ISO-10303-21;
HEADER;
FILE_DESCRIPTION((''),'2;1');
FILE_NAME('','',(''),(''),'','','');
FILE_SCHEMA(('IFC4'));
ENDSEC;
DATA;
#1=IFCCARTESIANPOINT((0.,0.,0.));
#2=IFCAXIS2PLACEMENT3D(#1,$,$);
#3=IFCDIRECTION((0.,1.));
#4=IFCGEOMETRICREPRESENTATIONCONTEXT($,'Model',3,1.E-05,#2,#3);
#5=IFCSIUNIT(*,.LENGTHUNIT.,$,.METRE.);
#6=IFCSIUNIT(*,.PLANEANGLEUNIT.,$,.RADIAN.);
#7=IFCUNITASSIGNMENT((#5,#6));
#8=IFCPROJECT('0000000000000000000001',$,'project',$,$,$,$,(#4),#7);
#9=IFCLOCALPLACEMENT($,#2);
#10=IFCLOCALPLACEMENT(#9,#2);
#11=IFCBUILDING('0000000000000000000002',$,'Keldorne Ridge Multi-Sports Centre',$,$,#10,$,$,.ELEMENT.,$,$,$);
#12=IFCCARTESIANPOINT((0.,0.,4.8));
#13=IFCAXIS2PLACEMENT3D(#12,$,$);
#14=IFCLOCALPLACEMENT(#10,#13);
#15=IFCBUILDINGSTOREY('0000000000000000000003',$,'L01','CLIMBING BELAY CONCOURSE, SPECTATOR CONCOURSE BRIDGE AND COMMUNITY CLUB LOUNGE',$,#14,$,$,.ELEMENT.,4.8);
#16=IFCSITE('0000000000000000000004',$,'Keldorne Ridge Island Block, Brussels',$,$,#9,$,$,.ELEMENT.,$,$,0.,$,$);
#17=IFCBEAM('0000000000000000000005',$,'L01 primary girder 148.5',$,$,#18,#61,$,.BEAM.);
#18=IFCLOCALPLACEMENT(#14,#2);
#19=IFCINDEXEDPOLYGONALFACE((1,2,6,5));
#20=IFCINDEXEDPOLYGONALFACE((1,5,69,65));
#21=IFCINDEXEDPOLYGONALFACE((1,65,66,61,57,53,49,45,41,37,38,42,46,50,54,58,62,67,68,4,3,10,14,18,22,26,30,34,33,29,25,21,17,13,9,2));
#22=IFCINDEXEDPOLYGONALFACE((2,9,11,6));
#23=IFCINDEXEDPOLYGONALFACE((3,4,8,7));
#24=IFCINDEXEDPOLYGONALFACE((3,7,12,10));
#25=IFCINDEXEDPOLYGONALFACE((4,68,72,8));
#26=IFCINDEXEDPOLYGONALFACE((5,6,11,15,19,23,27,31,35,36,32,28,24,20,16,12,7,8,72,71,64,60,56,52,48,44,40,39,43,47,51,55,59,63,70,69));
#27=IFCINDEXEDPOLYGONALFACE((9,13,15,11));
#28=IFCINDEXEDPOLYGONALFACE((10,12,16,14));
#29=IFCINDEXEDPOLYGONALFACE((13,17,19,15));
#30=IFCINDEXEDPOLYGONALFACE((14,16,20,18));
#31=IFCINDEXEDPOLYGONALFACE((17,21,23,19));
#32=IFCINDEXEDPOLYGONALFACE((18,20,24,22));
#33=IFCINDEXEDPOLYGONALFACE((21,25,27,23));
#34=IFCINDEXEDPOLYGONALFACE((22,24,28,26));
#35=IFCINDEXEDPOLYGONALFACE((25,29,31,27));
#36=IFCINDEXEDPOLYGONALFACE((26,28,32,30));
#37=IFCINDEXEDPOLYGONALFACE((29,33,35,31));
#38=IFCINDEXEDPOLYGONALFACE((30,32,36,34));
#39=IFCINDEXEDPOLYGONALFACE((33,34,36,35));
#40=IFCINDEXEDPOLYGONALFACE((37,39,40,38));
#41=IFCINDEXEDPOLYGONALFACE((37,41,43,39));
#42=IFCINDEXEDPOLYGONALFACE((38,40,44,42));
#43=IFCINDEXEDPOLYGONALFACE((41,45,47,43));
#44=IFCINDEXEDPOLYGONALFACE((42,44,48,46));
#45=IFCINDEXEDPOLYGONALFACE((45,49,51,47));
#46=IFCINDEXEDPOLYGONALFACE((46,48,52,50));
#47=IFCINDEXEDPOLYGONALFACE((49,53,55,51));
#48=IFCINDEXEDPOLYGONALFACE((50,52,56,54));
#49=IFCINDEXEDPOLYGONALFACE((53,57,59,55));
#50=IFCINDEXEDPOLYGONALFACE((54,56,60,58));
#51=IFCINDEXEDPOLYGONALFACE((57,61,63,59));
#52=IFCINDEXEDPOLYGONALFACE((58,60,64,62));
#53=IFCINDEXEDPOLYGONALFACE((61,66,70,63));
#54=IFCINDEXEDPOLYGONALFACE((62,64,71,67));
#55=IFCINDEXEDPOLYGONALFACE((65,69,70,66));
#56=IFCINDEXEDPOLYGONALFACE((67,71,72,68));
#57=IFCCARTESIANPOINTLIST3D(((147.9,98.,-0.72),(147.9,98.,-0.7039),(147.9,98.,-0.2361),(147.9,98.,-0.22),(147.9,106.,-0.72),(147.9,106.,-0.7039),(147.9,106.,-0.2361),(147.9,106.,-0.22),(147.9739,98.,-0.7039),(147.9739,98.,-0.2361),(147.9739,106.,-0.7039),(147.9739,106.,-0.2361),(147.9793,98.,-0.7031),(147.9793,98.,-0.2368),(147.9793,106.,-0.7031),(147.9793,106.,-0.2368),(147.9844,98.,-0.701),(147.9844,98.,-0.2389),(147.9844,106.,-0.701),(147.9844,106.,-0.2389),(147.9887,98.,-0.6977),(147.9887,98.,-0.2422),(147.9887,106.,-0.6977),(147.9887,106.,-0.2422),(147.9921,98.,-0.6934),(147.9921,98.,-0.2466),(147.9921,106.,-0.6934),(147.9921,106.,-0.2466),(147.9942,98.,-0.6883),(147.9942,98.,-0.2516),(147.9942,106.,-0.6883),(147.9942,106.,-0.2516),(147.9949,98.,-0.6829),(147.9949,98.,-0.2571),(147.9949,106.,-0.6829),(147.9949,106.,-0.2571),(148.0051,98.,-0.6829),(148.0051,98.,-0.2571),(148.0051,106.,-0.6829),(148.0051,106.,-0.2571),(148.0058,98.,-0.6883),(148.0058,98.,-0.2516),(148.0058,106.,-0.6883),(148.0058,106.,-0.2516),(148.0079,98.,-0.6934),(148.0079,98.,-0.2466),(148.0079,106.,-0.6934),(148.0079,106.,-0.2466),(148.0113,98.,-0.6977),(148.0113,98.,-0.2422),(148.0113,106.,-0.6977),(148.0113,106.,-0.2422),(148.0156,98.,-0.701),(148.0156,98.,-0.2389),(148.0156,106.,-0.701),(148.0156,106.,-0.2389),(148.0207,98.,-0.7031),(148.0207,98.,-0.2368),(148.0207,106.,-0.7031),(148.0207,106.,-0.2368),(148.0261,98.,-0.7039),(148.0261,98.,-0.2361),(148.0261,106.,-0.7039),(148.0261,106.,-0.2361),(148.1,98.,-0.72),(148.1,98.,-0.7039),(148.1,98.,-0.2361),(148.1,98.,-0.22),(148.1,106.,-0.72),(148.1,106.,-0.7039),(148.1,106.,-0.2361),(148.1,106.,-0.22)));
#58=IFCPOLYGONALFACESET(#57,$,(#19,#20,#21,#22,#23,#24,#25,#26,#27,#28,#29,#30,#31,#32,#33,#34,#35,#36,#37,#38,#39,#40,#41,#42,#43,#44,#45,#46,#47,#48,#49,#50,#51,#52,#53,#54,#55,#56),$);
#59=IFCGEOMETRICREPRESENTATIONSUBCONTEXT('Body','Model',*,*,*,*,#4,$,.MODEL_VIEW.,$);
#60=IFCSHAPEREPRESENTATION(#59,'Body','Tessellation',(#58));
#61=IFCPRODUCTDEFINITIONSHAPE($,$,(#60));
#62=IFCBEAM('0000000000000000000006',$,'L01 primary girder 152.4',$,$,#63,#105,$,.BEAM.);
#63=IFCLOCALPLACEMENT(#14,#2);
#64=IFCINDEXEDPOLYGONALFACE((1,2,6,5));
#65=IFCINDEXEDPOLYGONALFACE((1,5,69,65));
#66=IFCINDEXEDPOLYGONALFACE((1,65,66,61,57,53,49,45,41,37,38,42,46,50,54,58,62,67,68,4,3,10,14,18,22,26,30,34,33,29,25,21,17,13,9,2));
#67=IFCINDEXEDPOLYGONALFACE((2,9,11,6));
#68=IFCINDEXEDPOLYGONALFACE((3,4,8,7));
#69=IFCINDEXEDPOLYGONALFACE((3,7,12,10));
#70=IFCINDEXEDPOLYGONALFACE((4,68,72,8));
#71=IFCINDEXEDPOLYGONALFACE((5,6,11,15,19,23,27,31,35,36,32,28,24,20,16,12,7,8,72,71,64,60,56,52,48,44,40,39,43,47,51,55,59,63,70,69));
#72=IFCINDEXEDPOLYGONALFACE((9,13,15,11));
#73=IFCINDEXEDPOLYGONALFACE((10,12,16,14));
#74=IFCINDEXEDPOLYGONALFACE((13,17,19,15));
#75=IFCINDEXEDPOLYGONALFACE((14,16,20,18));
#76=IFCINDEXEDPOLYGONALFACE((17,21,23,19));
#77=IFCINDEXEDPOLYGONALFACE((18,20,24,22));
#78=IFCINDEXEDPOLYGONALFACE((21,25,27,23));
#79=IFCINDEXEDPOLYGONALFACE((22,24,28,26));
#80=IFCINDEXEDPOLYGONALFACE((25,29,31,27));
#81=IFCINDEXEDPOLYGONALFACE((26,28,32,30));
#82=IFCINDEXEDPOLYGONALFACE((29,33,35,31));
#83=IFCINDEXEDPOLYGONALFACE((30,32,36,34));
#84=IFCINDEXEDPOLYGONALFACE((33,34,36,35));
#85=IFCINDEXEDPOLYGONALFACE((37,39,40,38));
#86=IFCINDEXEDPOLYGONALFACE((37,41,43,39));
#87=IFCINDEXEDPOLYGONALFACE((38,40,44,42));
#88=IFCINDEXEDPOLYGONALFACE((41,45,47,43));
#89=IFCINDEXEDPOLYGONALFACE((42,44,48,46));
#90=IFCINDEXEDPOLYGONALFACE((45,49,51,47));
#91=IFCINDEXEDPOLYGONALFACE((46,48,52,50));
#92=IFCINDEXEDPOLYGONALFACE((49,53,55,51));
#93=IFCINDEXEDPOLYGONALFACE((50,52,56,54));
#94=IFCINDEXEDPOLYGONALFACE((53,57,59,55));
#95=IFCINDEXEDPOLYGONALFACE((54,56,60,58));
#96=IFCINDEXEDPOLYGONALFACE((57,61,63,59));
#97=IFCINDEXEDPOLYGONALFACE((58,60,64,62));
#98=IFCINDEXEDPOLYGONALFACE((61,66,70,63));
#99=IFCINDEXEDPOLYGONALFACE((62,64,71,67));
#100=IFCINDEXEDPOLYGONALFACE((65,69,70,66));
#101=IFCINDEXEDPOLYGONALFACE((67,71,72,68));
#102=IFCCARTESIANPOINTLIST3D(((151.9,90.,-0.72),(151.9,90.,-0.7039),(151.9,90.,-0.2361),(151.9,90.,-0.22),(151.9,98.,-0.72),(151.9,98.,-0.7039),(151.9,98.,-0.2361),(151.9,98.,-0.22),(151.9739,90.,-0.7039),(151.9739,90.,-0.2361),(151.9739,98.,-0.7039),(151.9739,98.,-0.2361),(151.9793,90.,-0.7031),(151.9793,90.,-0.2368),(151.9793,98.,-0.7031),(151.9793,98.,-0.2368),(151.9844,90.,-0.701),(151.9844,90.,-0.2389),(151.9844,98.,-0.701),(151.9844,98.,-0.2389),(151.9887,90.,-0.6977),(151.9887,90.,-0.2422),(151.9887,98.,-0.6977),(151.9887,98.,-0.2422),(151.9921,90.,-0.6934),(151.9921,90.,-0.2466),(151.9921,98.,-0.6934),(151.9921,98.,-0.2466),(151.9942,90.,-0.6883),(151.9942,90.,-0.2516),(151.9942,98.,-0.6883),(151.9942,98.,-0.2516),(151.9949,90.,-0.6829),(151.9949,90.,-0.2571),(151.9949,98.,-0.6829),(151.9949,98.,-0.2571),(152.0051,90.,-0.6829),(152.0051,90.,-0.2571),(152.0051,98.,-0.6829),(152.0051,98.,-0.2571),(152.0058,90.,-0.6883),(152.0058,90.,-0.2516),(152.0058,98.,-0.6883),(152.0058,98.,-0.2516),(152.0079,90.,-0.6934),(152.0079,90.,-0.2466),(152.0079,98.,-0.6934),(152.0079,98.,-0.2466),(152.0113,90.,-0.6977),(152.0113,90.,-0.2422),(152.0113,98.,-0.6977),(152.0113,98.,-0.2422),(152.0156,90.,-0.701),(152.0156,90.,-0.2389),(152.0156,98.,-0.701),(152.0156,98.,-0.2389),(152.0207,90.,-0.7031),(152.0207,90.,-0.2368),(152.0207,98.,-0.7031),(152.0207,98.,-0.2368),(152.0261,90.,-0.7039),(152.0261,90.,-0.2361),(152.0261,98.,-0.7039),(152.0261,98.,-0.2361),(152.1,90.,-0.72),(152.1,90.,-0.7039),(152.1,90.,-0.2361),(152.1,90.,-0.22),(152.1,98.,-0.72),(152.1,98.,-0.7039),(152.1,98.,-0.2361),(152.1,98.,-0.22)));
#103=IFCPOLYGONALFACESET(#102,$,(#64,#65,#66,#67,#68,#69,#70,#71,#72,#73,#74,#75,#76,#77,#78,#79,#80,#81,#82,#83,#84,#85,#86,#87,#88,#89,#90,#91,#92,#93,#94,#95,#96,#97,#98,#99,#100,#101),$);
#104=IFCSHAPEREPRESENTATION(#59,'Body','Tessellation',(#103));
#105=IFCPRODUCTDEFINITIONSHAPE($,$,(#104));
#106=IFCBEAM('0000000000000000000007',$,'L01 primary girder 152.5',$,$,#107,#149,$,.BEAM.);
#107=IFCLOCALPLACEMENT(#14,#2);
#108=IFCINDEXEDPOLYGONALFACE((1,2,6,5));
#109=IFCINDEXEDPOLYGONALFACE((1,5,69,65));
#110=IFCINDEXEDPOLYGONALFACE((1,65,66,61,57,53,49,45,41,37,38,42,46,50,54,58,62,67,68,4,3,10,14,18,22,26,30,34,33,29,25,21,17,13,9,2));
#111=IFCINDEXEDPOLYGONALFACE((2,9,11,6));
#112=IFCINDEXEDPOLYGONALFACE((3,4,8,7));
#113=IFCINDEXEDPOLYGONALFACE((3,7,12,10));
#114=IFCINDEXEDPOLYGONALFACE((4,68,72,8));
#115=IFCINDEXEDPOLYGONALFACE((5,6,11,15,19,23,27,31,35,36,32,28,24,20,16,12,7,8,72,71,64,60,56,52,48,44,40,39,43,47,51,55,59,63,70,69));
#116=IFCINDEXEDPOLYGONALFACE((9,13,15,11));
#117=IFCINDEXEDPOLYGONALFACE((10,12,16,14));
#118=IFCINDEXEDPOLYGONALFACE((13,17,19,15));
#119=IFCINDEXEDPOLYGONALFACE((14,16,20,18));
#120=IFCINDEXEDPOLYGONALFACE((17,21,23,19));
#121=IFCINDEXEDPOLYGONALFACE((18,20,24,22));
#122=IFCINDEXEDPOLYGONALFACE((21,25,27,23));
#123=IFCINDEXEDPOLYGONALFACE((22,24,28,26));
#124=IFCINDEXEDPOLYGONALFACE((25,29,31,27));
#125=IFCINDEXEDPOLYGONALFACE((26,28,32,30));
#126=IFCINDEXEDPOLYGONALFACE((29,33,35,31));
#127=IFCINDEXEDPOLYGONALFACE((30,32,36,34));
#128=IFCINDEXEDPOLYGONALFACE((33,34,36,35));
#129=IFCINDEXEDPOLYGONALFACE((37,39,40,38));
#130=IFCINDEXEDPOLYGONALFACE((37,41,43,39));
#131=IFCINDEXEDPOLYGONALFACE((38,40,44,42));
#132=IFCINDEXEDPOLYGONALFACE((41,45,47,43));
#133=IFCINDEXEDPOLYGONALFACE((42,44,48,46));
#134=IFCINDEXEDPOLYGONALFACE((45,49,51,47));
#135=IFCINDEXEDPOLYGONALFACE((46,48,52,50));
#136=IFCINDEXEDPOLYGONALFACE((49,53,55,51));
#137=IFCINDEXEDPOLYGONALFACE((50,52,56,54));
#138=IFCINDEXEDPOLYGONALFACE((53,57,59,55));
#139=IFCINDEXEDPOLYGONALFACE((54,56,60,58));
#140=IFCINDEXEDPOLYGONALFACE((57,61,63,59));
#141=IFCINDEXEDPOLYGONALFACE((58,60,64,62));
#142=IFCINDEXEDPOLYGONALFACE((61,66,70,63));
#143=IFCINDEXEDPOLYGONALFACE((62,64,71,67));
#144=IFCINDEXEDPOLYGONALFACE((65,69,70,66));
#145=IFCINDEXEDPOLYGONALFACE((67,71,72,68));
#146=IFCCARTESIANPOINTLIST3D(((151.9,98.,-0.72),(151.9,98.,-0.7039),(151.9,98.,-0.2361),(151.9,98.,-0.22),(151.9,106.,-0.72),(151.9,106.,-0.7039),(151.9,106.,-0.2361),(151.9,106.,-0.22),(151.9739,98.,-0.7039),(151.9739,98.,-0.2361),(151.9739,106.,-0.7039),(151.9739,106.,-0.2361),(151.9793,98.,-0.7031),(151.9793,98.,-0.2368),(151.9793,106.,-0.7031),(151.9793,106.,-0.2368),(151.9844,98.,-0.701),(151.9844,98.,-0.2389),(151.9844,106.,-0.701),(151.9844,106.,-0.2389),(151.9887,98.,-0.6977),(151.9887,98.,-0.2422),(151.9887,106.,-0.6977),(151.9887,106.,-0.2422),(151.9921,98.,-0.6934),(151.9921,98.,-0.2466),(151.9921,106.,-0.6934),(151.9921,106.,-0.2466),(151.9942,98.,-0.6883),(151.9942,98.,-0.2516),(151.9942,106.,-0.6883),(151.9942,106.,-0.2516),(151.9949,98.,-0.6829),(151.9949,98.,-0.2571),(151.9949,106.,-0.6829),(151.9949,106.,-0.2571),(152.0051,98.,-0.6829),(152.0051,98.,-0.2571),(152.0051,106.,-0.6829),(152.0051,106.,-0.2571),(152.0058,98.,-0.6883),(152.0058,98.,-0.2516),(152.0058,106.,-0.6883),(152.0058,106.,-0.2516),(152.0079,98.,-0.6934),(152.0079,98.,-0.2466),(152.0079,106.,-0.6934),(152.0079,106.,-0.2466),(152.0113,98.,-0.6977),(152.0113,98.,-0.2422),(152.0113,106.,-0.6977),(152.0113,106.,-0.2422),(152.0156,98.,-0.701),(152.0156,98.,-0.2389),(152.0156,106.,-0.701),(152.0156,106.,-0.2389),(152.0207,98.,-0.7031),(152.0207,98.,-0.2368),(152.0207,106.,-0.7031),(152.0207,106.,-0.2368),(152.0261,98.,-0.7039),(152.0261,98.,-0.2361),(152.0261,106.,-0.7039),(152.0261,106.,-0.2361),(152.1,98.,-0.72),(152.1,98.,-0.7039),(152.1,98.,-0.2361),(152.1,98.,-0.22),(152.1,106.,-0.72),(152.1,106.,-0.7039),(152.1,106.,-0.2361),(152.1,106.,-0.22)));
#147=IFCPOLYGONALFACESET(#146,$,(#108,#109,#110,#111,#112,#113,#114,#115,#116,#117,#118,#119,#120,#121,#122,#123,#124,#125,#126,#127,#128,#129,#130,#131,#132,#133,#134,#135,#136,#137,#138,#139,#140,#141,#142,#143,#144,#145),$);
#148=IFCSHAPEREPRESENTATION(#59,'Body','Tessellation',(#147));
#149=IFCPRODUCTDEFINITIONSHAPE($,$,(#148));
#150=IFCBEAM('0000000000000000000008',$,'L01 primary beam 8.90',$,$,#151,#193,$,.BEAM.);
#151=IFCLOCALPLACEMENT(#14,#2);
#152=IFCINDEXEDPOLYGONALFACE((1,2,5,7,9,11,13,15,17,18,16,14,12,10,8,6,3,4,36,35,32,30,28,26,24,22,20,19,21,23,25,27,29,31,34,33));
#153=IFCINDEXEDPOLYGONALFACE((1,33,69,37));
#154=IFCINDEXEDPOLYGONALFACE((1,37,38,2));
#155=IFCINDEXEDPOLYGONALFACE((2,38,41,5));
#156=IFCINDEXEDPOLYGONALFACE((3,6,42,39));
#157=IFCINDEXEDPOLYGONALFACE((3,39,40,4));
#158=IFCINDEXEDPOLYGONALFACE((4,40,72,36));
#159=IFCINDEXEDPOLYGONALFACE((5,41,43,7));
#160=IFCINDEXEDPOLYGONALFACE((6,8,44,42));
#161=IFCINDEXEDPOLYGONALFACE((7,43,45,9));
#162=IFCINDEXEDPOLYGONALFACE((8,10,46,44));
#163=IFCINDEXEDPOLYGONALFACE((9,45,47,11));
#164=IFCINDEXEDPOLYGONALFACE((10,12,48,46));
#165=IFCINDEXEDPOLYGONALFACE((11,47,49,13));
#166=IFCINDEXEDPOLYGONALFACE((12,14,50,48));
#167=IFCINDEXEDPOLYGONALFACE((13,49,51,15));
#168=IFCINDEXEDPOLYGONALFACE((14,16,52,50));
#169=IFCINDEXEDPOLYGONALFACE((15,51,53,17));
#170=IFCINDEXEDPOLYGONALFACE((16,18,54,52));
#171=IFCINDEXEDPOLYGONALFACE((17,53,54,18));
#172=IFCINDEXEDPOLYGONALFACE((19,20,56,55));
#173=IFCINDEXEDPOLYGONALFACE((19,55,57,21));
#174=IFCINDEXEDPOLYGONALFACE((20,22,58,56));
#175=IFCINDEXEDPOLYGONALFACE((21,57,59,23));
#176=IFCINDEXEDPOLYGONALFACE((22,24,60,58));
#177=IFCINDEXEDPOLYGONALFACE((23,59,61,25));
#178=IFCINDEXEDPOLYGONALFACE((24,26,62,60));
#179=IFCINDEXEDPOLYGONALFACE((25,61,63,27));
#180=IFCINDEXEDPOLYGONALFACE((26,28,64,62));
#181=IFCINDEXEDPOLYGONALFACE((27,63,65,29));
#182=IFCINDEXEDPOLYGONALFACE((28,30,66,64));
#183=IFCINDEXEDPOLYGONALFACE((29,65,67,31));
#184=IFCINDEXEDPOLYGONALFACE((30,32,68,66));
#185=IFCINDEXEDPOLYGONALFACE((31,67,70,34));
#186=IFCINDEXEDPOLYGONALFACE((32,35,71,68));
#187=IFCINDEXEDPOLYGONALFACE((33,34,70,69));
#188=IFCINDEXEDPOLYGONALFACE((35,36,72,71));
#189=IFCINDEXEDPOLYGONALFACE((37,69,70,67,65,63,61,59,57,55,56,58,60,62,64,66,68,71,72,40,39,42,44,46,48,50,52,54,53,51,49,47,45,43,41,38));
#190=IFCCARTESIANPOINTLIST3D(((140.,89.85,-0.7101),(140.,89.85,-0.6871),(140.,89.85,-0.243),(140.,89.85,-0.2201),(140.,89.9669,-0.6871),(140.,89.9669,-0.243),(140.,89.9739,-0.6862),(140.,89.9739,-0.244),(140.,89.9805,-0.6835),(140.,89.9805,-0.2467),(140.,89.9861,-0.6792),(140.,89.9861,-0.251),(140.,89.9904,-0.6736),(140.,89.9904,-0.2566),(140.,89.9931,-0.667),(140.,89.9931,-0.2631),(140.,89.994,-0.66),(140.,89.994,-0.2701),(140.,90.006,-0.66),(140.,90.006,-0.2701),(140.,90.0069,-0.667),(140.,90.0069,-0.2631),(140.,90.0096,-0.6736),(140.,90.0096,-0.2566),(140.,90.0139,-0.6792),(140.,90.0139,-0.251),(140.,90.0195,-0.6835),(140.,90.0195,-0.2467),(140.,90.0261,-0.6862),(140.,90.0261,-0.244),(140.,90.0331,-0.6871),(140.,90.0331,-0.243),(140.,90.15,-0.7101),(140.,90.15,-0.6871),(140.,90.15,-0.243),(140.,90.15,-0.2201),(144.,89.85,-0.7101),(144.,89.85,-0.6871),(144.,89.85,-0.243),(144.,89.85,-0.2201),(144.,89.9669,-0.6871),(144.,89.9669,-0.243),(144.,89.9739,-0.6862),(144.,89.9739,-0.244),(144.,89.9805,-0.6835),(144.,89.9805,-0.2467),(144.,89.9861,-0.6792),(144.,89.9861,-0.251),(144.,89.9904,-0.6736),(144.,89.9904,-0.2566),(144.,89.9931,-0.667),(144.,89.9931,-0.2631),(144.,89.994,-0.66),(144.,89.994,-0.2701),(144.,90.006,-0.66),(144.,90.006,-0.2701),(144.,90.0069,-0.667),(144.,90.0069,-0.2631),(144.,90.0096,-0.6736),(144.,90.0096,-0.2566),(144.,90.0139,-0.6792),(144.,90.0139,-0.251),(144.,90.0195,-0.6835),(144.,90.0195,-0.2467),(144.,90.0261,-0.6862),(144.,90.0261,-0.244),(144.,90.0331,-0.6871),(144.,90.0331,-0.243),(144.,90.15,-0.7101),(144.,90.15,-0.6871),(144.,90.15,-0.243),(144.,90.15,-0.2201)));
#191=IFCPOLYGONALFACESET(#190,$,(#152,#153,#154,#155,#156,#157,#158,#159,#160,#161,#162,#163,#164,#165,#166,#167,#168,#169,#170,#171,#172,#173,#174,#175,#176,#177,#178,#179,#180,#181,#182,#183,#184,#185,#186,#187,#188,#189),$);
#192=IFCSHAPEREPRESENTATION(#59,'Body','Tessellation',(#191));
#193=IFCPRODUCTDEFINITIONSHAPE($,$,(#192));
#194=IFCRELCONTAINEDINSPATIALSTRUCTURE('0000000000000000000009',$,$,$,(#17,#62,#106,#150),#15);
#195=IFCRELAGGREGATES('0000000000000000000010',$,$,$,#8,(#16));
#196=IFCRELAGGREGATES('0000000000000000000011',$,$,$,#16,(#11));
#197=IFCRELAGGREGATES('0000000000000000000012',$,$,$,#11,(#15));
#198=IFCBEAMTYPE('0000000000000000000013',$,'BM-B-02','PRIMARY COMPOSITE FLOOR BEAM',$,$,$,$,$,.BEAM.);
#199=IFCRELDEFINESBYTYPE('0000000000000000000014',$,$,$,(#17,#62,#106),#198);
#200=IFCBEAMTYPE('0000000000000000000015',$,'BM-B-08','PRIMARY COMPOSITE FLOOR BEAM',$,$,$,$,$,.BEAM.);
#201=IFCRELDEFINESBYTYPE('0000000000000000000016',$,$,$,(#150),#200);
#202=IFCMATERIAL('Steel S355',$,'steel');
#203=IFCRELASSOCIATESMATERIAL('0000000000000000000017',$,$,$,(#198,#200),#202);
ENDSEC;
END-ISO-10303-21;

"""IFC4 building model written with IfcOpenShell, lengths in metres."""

from ifc_helpers import new_model, si_unit, direction, frame, origin, origin_2d, place, context, subcontext, project, spatial, i_section, extrude, material, material_profile, profile_set, type_object, element, save


model = new_model("IFC4")

# Units and contexts
model_context = context("Model", 3, precision=1e-05, world=origin(), true_north=direction((0.0, 1.0)))
body_context = subcontext(model_context, "Body", "Model", "MODEL_VIEW")
ifc_project = project(units=[si_unit("LENGTHUNIT", "METRE"), si_unit("PLANEANGLEUNIT", "RADIAN")], contexts=[model_context])

# Site, building, storey
site_placement = place(None, origin())
site = spatial("IfcSite", under=ifc_project, at=site_placement, Name="Keldorne Ridge Island Block, Brussels", CompositionType="ELEMENT", RefElevation=0.0)
building_placement = place(site_placement, origin())
building = spatial("IfcBuilding", under=site, at=building_placement, Name="Keldorne Ridge Multi-Sports Centre", CompositionType="ELEMENT")
storey_placement = place(building_placement, frame((0.0, 0.0, 4.8)))
storey = spatial("IfcBuildingStorey", under=building, at=storey_placement, Name="L01", Description="CLIMBING BELAY CONCOURSE, SPECTATOR CONCOURSE BRIDGE AND COMMUNITY CLUB LOUNGE", CompositionType="ELEMENT", Elevation=4.8)

# Shared definitions
ifc_material_1 = material(Name="Steel S355", Category="steel")

# Beams
ifc_material_profile_1 = material_profile(ifc_material_1, i_section(OverallWidth=0.2, OverallDepth=0.5, WebThickness=0.0103, FlangeThickness=0.0161, FilletRadius=0.021, at=origin_2d()), Name="IPE 500")
ifc_profile_set_1 = profile_set([ifc_material_profile_1], Name="Steel S355")
beam_type_1 = type_object("IfcBeamType", Name="BM-B-02", Description="PRIMARY COMPOSITE FLOOR BEAM", PredefinedType="BEAM", material=ifc_profile_set_1)
for number, where, z_axis, x_axis, name in (
    (1, (148.0, 98.0, -0.47), (0.0, 1.0, 0.0), (-1.0, 0.0, 0.0), "L01 primary girder 148.5"),
    (2, (152.0, 90.0, -0.47), (0.0, 1.0, 0.0), (-1.0, 0.0, 0.0), "L01 primary girder 152.4"),
    (3, (152.0, 98.0, -0.47), (0.0, 1.0, 0.0), (-1.0, 0.0, 0.0), "L01 primary girder 152.5"),
):
    element("IfcBeam", number, at=place(storey_placement, frame(where, z_axis=z_axis, x_axis=x_axis)), inside=storey, type_object=beam_type_1, Name=name, PredefinedType="BEAM", context=body_context, shape_type="SweptSolid", body=[
        extrude(i_section(OverallWidth=0.2, OverallDepth=0.5, WebThickness=0.0103, FlangeThickness=0.0161, FilletRadius=0.021, at=origin_2d()), origin(), (0.0, 0.0, 1.0), 8.0),
    ])
ifc_material_profile_2 = material_profile(ifc_material_1, i_section(OverallWidth=0.3, OverallDepth=0.49, WebThickness=0.012, FlangeThickness=0.0229, FilletRadius=0.0271, at=origin_2d()), Name="HEA 500")
ifc_profile_set_2 = profile_set([ifc_material_profile_2], Name="Steel S355")
beam_type_2 = type_object("IfcBeamType", Name="BM-B-08", Description="PRIMARY COMPOSITE FLOOR BEAM", PredefinedType="BEAM", material=ifc_profile_set_2)
for number, where, z_axis, x_axis, name in (
    (4, (140.0, 90.0, -0.4651), (1.0, 0.0, 0.0), (0.0, 1.0, 0.0), "L01 primary beam 8.90"),
):
    element("IfcBeam", number, at=place(storey_placement, frame(where, z_axis=z_axis, x_axis=x_axis)), inside=storey, type_object=beam_type_2, Name=name, PredefinedType="BEAM", context=body_context, shape_type="SweptSolid", body=[
        extrude(i_section(OverallWidth=0.3, OverallDepth=0.49, WebThickness=0.012, FlangeThickness=0.0229, FilletRadius=0.0271, at=origin_2d()), origin(), (0.0, 0.0, 1.0), 4.0),
    ])

save(model, "model.ifc")
